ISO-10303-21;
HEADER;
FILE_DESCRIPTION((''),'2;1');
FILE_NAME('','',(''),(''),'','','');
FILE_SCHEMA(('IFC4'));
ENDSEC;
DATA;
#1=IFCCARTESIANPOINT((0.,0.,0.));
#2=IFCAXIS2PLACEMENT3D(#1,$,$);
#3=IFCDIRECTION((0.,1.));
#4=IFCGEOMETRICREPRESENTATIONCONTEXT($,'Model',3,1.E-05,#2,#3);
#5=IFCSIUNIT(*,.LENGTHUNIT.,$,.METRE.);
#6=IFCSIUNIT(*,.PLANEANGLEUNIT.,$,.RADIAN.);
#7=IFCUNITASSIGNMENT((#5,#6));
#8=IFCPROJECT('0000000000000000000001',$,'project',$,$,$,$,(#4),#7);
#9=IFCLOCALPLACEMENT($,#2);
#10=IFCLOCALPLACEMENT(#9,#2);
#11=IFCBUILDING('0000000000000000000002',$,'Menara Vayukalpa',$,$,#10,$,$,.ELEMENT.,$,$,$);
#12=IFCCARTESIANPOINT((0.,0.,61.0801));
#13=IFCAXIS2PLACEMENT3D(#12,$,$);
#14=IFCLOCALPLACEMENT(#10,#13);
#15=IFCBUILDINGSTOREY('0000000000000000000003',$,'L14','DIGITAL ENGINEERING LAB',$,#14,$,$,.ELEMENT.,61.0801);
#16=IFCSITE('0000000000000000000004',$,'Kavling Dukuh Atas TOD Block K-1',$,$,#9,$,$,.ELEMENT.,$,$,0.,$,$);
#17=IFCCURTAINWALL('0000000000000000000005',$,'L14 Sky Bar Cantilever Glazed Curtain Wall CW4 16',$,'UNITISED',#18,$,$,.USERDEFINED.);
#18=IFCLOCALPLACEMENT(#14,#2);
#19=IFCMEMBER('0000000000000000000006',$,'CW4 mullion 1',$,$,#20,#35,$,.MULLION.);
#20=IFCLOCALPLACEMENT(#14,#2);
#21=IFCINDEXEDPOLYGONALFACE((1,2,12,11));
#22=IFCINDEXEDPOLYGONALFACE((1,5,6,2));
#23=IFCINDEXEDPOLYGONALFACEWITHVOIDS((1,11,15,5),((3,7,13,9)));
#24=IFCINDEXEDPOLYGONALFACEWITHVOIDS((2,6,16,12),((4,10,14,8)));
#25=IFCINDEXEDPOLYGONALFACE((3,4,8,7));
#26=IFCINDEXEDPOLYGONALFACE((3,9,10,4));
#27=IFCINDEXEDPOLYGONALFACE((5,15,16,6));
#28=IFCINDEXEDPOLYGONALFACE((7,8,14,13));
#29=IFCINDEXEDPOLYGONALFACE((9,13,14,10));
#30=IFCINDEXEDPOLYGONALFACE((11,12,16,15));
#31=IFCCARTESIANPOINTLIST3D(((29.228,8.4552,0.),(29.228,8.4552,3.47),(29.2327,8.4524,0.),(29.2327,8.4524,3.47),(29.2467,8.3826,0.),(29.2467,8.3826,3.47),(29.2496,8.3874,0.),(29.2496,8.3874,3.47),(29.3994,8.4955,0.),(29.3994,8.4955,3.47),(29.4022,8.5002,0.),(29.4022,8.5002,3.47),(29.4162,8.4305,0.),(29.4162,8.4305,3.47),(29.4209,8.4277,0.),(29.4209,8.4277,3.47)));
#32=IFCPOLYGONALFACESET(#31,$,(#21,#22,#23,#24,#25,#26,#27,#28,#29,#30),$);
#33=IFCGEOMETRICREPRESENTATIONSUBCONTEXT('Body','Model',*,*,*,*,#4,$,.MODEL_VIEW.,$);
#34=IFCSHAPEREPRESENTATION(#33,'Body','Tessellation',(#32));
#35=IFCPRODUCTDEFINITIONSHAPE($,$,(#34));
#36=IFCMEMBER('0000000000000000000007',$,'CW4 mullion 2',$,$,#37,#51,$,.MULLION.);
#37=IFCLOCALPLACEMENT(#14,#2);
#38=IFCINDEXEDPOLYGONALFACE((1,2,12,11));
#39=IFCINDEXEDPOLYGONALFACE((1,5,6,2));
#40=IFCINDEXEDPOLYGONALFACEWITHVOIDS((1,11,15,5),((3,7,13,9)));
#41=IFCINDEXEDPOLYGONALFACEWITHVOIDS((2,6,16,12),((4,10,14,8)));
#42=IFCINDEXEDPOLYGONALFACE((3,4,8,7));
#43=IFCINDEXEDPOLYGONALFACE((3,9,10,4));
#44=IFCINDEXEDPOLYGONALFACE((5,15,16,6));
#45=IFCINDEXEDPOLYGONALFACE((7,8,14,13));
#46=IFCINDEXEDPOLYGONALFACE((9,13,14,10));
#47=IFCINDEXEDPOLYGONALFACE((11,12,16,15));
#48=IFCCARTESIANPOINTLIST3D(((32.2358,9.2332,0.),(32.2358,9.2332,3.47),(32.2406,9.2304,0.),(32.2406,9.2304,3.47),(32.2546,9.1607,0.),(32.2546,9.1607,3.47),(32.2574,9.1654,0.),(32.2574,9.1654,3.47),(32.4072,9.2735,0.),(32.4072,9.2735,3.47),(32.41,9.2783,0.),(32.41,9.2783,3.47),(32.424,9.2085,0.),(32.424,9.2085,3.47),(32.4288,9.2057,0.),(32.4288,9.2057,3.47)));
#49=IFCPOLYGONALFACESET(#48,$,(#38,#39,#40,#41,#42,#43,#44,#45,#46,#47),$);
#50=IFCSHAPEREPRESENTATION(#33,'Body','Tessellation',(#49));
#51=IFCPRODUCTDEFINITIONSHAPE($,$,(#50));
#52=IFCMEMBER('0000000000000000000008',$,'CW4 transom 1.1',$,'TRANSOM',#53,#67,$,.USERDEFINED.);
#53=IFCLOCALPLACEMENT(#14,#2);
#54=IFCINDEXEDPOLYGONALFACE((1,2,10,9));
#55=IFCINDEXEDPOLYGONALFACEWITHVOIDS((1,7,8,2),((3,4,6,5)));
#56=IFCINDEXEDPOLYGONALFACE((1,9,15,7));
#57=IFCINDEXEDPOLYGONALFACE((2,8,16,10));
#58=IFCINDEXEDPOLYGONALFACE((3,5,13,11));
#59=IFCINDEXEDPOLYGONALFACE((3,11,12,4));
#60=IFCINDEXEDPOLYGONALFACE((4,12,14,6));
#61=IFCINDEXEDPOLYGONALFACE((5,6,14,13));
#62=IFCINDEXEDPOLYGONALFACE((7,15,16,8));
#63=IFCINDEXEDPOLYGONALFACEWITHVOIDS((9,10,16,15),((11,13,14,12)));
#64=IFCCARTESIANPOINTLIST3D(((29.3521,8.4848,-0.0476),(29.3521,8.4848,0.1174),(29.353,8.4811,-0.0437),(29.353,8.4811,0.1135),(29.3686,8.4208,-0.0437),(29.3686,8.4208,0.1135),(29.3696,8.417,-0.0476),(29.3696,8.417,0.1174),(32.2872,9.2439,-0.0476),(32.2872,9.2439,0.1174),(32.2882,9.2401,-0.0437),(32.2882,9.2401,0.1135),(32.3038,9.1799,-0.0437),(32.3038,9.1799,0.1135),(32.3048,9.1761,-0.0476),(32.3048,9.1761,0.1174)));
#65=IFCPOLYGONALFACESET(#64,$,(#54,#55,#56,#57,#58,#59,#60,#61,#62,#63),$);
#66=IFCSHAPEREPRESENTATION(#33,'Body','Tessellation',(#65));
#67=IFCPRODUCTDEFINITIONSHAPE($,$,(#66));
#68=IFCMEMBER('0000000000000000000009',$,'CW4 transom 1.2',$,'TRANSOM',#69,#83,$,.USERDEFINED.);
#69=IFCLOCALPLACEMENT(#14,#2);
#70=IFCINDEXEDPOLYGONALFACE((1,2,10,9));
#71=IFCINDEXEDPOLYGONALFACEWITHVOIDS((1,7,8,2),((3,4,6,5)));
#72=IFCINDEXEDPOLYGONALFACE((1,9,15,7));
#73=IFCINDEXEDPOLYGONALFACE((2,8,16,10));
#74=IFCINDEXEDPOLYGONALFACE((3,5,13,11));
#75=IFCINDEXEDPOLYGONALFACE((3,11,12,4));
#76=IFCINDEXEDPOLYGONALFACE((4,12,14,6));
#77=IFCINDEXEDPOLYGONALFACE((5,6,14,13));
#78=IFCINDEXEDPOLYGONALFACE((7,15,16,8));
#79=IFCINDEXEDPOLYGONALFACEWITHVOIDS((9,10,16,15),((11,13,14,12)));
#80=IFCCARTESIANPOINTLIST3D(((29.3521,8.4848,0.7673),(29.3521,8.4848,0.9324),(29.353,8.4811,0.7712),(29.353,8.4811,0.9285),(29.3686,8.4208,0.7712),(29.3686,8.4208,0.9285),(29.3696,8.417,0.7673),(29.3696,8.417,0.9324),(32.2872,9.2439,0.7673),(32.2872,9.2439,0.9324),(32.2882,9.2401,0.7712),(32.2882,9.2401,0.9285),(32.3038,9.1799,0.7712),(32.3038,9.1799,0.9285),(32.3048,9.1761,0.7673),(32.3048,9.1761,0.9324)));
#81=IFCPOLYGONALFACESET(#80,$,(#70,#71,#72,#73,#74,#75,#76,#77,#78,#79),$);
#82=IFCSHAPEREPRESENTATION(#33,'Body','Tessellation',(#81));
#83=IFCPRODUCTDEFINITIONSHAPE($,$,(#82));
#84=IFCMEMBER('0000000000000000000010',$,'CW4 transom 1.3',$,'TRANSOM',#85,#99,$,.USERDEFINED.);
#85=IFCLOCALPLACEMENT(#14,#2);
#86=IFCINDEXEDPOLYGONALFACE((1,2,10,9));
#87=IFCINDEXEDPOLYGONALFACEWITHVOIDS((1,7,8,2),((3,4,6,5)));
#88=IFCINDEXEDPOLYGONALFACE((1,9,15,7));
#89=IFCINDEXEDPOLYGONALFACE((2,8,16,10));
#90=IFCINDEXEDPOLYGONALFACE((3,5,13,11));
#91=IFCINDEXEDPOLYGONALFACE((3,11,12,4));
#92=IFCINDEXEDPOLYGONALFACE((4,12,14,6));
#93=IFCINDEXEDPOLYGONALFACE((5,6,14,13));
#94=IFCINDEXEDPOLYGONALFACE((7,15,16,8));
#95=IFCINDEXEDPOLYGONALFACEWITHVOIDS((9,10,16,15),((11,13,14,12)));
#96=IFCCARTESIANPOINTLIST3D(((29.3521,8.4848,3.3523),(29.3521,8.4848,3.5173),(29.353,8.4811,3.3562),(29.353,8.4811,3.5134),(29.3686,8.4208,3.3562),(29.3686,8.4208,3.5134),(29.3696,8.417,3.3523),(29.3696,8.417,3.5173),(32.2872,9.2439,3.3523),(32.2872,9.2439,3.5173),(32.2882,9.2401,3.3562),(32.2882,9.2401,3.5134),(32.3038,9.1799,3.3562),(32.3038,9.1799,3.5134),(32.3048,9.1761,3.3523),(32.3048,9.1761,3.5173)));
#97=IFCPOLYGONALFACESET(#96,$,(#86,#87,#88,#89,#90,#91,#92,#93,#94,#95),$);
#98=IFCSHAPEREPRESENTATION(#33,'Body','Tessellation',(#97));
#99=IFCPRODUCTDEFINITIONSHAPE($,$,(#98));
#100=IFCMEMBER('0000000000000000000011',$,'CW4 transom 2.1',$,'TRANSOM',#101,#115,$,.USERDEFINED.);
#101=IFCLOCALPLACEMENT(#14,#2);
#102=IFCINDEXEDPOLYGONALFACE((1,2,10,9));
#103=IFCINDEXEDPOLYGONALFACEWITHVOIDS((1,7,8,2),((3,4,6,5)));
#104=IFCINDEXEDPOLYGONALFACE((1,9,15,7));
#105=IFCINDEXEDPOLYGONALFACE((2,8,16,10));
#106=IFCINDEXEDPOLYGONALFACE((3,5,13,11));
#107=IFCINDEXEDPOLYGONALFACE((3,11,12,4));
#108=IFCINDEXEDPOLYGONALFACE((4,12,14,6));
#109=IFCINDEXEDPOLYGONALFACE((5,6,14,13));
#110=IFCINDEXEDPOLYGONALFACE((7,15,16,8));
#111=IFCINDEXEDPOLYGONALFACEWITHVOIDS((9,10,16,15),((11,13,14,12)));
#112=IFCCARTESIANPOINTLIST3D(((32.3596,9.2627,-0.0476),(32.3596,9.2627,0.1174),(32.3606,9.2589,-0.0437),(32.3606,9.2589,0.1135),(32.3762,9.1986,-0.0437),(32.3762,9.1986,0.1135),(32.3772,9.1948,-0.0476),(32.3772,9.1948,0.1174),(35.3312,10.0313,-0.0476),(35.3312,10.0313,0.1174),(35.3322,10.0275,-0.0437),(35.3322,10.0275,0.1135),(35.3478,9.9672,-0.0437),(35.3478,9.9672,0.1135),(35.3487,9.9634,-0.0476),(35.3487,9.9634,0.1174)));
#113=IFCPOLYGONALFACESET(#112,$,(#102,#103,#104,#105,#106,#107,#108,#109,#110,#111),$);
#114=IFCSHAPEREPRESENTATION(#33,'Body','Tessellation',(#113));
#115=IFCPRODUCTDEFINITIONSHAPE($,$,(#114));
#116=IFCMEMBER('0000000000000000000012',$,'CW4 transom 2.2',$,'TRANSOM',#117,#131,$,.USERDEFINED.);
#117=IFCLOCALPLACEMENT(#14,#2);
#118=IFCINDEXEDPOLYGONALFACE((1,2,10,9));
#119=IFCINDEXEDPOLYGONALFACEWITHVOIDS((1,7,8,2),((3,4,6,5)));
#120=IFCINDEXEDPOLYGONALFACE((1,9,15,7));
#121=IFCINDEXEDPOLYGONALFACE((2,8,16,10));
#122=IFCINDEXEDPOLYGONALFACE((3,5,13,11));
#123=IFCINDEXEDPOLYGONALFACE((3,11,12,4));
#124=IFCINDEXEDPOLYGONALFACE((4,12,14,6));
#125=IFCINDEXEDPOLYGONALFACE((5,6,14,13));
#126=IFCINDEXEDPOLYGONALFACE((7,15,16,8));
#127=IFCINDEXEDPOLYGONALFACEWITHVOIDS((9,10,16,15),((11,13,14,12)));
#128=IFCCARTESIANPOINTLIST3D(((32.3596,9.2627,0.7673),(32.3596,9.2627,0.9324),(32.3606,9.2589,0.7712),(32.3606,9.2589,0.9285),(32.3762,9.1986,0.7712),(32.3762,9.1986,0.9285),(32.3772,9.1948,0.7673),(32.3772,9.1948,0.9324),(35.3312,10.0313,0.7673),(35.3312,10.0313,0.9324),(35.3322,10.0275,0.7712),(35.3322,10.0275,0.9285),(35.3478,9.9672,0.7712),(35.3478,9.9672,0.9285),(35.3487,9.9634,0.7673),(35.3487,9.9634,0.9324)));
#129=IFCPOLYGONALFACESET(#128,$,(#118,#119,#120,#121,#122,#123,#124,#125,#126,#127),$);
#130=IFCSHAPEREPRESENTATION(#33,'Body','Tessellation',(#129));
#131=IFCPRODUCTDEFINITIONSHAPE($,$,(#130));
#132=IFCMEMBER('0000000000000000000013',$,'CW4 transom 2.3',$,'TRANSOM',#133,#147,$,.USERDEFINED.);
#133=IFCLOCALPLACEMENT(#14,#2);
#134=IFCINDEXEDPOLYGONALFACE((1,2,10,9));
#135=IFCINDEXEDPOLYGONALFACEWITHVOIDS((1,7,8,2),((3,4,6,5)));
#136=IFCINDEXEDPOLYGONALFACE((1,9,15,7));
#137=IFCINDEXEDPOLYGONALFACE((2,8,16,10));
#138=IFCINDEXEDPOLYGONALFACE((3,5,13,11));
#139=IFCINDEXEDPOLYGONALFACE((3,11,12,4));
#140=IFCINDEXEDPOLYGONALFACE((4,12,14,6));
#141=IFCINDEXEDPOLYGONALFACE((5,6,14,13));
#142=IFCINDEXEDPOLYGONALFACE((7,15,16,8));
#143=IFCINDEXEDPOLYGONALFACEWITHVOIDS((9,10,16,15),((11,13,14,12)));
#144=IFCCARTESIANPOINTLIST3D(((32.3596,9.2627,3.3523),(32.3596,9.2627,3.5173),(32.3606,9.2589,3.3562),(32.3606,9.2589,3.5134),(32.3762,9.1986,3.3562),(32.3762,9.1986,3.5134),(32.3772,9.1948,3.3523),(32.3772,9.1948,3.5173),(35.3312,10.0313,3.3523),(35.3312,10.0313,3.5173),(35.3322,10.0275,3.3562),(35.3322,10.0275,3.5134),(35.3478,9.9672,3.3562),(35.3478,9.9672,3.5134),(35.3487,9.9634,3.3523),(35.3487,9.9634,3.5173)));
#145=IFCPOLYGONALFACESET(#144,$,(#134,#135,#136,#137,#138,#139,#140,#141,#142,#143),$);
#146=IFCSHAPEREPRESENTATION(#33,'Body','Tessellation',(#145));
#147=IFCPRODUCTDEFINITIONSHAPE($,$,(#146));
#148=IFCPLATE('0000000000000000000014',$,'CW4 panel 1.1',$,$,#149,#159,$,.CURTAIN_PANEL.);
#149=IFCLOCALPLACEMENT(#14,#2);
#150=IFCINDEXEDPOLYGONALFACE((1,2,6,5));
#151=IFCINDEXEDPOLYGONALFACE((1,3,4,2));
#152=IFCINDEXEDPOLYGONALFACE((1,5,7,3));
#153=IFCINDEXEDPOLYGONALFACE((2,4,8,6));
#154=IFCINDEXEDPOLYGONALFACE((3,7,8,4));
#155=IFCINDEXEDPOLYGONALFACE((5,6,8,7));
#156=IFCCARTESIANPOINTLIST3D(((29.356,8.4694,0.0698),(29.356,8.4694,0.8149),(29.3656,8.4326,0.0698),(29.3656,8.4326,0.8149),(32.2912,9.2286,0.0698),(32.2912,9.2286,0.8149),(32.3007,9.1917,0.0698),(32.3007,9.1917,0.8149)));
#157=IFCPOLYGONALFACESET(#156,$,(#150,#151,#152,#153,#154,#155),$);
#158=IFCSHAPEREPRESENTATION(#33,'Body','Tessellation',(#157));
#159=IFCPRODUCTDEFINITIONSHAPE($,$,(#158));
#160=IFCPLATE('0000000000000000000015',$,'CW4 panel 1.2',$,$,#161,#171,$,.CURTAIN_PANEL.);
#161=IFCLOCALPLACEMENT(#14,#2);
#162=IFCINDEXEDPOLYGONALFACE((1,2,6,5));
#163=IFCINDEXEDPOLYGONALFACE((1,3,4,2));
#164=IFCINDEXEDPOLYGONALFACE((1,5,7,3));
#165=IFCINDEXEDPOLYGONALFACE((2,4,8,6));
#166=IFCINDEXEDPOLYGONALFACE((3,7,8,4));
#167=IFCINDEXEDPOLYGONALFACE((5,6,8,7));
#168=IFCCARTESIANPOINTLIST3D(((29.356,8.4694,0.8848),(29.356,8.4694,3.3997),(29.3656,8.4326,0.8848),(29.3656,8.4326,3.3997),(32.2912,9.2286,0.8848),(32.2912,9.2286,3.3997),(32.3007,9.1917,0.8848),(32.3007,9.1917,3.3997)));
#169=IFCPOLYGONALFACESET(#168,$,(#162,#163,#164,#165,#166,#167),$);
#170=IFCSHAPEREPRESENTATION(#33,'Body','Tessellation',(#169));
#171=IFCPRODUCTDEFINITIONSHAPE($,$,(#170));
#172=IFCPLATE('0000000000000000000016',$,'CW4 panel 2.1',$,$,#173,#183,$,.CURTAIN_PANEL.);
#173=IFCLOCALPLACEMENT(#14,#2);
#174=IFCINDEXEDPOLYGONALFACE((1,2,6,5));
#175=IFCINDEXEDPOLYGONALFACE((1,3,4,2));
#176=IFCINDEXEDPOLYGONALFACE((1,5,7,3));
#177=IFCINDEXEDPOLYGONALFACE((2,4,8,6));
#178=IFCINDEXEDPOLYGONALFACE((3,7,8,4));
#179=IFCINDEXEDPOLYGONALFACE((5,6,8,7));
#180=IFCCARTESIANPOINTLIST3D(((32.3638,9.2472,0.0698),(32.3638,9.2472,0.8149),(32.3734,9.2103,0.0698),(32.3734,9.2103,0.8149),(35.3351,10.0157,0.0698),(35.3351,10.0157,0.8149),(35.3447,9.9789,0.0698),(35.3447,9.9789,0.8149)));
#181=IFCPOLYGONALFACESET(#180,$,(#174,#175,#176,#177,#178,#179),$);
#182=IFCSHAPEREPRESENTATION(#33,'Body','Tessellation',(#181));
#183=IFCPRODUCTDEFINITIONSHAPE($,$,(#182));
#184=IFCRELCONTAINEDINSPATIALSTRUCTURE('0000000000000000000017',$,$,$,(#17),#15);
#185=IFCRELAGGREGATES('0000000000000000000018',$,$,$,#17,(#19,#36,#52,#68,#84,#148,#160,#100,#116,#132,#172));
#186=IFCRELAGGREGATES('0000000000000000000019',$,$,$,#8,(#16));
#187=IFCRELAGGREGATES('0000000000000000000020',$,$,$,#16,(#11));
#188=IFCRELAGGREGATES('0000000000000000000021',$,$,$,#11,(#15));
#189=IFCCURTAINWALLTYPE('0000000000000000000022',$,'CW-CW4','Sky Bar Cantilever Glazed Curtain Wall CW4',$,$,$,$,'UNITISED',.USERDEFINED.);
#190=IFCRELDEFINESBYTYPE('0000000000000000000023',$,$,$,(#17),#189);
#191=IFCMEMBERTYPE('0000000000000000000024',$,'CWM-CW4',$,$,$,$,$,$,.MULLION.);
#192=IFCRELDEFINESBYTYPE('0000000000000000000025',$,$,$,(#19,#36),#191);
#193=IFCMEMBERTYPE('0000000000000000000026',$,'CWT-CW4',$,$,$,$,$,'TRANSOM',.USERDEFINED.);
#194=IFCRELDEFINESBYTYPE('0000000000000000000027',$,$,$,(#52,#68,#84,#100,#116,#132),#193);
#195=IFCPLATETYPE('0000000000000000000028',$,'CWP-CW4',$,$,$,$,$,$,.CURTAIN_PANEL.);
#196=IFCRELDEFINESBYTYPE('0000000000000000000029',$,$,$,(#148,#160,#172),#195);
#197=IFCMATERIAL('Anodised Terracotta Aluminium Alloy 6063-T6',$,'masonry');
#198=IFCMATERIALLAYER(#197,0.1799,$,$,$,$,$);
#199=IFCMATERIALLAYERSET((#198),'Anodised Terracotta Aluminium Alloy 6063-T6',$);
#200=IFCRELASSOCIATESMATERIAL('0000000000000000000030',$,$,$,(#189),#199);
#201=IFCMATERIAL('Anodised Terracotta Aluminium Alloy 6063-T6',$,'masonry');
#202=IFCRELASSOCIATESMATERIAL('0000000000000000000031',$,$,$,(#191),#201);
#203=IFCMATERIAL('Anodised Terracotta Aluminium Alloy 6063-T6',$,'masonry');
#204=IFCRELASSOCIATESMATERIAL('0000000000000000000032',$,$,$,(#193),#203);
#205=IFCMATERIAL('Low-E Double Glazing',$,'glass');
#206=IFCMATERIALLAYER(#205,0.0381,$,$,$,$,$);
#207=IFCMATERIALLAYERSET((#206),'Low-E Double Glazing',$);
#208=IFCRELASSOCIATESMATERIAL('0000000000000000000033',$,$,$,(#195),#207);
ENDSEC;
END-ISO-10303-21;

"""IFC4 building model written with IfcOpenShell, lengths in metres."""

from ifc_helpers import new_model, si_unit, direction, frame, origin, origin_2d, place, context, subcontext, project, spatial, rectangle, hollow_rectangle, extrude, material, layer, layer_set, material_profile, profile_set, type_object, element, aggregate, save


model = new_model("IFC4")

# Units and contexts
model_context = context("Model", 3, precision=1e-05, world=origin(), true_north=direction((0.0, 1.0)))
body_context = subcontext(model_context, "Body", "Model", "MODEL_VIEW")
ifc_project = project(units=[si_unit("LENGTHUNIT", "METRE"), si_unit("PLANEANGLEUNIT", "RADIAN")], contexts=[model_context])

# Site, building, storey
site_placement = place(None, origin())
site = spatial("IfcSite", under=ifc_project, at=site_placement, Name="Kavling Dukuh Atas TOD Block K-1", CompositionType="ELEMENT", RefElevation=0.0)
building_placement = place(site_placement, origin())
building = spatial("IfcBuilding", under=site, at=building_placement, Name="Menara Vayukalpa", CompositionType="ELEMENT")
storey_placement = place(building_placement, frame((0.0, 0.0, 61.0801)))
storey = spatial("IfcBuildingStorey", under=building, at=storey_placement, Name="L14", Description="DIGITAL ENGINEERING LAB", CompositionType="ELEMENT", Elevation=61.0801)

# Curtain wall, members, plates
ifc_material_1 = material(Name="Anodised Terracotta Aluminium Alloy 6063-T6", Category="masonry")
ifc_layer_1 = layer(ifc_material_1, 0.1799)
ifc_layer_set_1 = layer_set([ifc_layer_1], Name="Anodised Terracotta Aluminium Alloy 6063-T6")
curtain_wall_type = type_object("IfcCurtainWallType", Name="CW-CW4", Description="Sky Bar Cantilever Glazed Curtain Wall CW4", ElementType="UNITISED", PredefinedType="USERDEFINED", material=ifc_layer_set_1)
curtain_wall_placement = place(storey_placement, origin())
curtain_wall = element("IfcCurtainWall", 1, at=curtain_wall_placement, inside=storey, type_object=curtain_wall_type, Name="L14 Sky Bar Cantilever Glazed Curtain Wall CW4 16", ObjectType="UNITISED", PredefinedType="USERDEFINED")
ifc_material_2 = material(Name="Anodised Terracotta Aluminium Alloy 6063-T6", Category="masonry")
ifc_material_profile_1 = material_profile(ifc_material_2, hollow_rectangle(XDim=0.075, YDim=0.1799, WallThickness=0.0039, at=origin_2d()), Name="ALU 75x180x4")
ifc_profile_set_1 = profile_set([ifc_material_profile_1], Name="Anodised Terracotta Aluminium Alloy 6063-T6")
member_type_1 = type_object("IfcMemberType", Name="CWM-CW4", PredefinedType="MULLION", material=ifc_profile_set_1)
member_1_placement = place(storey_placement, frame((29.3245, 8.4414, 0.0), z_axis=(0.0, 0.0, 1.0), x_axis=(-0.250403, 0.968142, 0.0)))
member_1 = element("IfcMember", 2, at=member_1_placement, type_object=member_type_1, Name="CW4 mullion 1", PredefinedType="MULLION", context=body_context, shape_type="SweptSolid", body=[
    extrude(hollow_rectangle(XDim=0.075, YDim=0.1799, WallThickness=0.0039, at=origin_2d()), origin(), (0.0, 0.0, 1.0), 3.47),
])
member_2_placement = place(storey_placement, frame((32.3323, 9.2195, 0.0), z_axis=(0.0, 0.0, 1.0), x_axis=(-0.250403, 0.968142, 0.0)))
member_2 = element("IfcMember", 3, at=member_2_placement, type_object=member_type_1, Name="CW4 mullion 2", PredefinedType="MULLION", context=body_context, shape_type="SweptSolid", body=[
    extrude(hollow_rectangle(XDim=0.075, YDim=0.1799, WallThickness=0.0039, at=origin_2d()), origin(), (0.0, 0.0, 1.0), 3.47),
])
ifc_material_3 = material(Name="Anodised Terracotta Aluminium Alloy 6063-T6", Category="masonry")
ifc_material_profile_2 = material_profile(ifc_material_3, hollow_rectangle(XDim=0.0701, YDim=0.165, WallThickness=0.0039, at=origin_2d()), Name="ALU 70x165x4")
ifc_profile_set_2 = profile_set([ifc_material_profile_2], Name="Anodised Terracotta Aluminium Alloy 6063-T6")
member_type_2 = type_object("IfcMemberType", Name="CWT-CW4", ElementType="TRANSOM", PredefinedType="USERDEFINED", material=ifc_profile_set_2)
member_3_placement = place(storey_placement, frame((29.3608, 8.4509, 0.0349), z_axis=(0.96815, 0.250372, 0.0), x_axis=(-0.250372, 0.96815, 0.0)))
member_3 = element("IfcMember", 4, at=member_3_placement, type_object=member_type_2, Name="CW4 transom 1.1", ObjectType="TRANSOM", PredefinedType="USERDEFINED", context=body_context, shape_type="SweptSolid", body=[
    extrude(hollow_rectangle(XDim=0.0701, YDim=0.165, WallThickness=0.0039, at=origin_2d()), origin(), (0.0, 0.0, 1.0), 3.0317),
])
member_4_placement = place(storey_placement, frame((29.3608, 8.4509, 0.8499), z_axis=(0.96815, 0.250372, 0.0), x_axis=(-0.250372, 0.96815, 0.0)))
member_4 = element("IfcMember", 5, at=member_4_placement, type_object=member_type_2, Name="CW4 transom 1.2", ObjectType="TRANSOM", PredefinedType="USERDEFINED", context=body_context, shape_type="SweptSolid", body=[
    extrude(hollow_rectangle(XDim=0.0701, YDim=0.165, WallThickness=0.0039, at=origin_2d()), origin(), (0.0, 0.0, 1.0), 3.0317),
])
member_5_placement = place(storey_placement, frame((29.3608, 8.4509, 3.4348), z_axis=(0.96815, 0.250372, 0.0), x_axis=(-0.250372, 0.96815, 0.0)))
member_5 = element("IfcMember", 6, at=member_5_placement, type_object=member_type_2, Name="CW4 transom 1.3", ObjectType="TRANSOM", PredefinedType="USERDEFINED", context=body_context, shape_type="SweptSolid", body=[
    extrude(hollow_rectangle(XDim=0.0701, YDim=0.165, WallThickness=0.0039, at=origin_2d()), origin(), (0.0, 0.0, 1.0), 3.0317),
])
member_6_placement = place(storey_placement, frame((32.3684, 9.2288, 0.0349), z_axis=(0.968141, 0.250407, 0.0), x_axis=(-0.250407, 0.968141, 0.0)))
member_6 = element("IfcMember", 7, at=member_6_placement, type_object=member_type_2, Name="CW4 transom 2.1", ObjectType="TRANSOM", PredefinedType="USERDEFINED", context=body_context, shape_type="SweptSolid", body=[
    extrude(hollow_rectangle(XDim=0.0701, YDim=0.165, WallThickness=0.0039, at=origin_2d()), origin(), (0.0, 0.0, 1.0), 3.0693),
])
member_7_placement = place(storey_placement, frame((32.3684, 9.2288, 0.8499), z_axis=(0.968141, 0.250407, 0.0), x_axis=(-0.250407, 0.968141, 0.0)))
member_7 = element("IfcMember", 8, at=member_7_placement, type_object=member_type_2, Name="CW4 transom 2.2", ObjectType="TRANSOM", PredefinedType="USERDEFINED", context=body_context, shape_type="SweptSolid", body=[
    extrude(hollow_rectangle(XDim=0.0701, YDim=0.165, WallThickness=0.0039, at=origin_2d()), origin(), (0.0, 0.0, 1.0), 3.0693),
])
member_8_placement = place(storey_placement, frame((32.3684, 9.2288, 3.4348), z_axis=(0.968141, 0.250407, 0.0), x_axis=(-0.250407, 0.968141, 0.0)))
member_8 = element("IfcMember", 9, at=member_8_placement, type_object=member_type_2, Name="CW4 transom 2.3", ObjectType="TRANSOM", PredefinedType="USERDEFINED", context=body_context, shape_type="SweptSolid", body=[
    extrude(hollow_rectangle(XDim=0.0701, YDim=0.165, WallThickness=0.0039, at=origin_2d()), origin(), (0.0, 0.0, 1.0), 3.0693),
])
ifc_material_4 = material(Name="Low-E Double Glazing", Category="glass")
ifc_layer_2 = layer(ifc_material_4, 0.0381)
ifc_layer_set_2 = layer_set([ifc_layer_2], Name="Low-E Double Glazing")
plate_type = type_object("IfcPlateType", Name="CWP-CW4", PredefinedType="CURTAIN_PANEL", material=ifc_layer_set_2)
plate_1_placement = place(storey_placement, frame((30.8284, 8.8306, 0.0698), z_axis=(0.0, 0.0, 1.0), x_axis=(0.968142, 0.250403, 0.0)))
plate_1 = element("IfcPlate", 10, at=plate_1_placement, type_object=plate_type, Name="CW4 panel 1.1", PredefinedType="CURTAIN_PANEL", context=body_context, shape_type="SweptSolid", body=[
    extrude(rectangle(XDim=3.0317, YDim=0.0381, at=origin_2d()), origin(), (0.0, 0.0, 1.0), 0.7451),
])
plate_2_placement = place(storey_placement, frame((30.8284, 8.8306, 0.8848), z_axis=(0.0, 0.0, 1.0), x_axis=(0.968142, 0.250403, 0.0)))
plate_2 = element("IfcPlate", 11, at=plate_2_placement, type_object=plate_type, Name="CW4 panel 1.2", PredefinedType="CURTAIN_PANEL", context=body_context, shape_type="SweptSolid", body=[
    extrude(rectangle(XDim=3.0317, YDim=0.0381, at=origin_2d()), origin(), (0.0, 0.0, 1.0), 2.5149),
])
plate_3_placement = place(storey_placement, frame((33.8542, 9.613, 0.0698), z_axis=(0.0, 0.0, 1.0), x_axis=(0.968142, 0.250403, 0.0)))
plate_3 = element("IfcPlate", 12, at=plate_3_placement, type_object=plate_type, Name="CW4 panel 2.1", PredefinedType="CURTAIN_PANEL", context=body_context, shape_type="SweptSolid", body=[
    extrude(rectangle(XDim=3.0691, YDim=0.0381, at=origin_2d()), origin(), (0.0, 0.0, 1.0), 0.7451),
])
aggregate(curtain_wall, [member_1, member_2, member_3, member_4, member_5, plate_1, plate_2, member_6, member_7, member_8, plate_3])

save(model, "model.ifc")
